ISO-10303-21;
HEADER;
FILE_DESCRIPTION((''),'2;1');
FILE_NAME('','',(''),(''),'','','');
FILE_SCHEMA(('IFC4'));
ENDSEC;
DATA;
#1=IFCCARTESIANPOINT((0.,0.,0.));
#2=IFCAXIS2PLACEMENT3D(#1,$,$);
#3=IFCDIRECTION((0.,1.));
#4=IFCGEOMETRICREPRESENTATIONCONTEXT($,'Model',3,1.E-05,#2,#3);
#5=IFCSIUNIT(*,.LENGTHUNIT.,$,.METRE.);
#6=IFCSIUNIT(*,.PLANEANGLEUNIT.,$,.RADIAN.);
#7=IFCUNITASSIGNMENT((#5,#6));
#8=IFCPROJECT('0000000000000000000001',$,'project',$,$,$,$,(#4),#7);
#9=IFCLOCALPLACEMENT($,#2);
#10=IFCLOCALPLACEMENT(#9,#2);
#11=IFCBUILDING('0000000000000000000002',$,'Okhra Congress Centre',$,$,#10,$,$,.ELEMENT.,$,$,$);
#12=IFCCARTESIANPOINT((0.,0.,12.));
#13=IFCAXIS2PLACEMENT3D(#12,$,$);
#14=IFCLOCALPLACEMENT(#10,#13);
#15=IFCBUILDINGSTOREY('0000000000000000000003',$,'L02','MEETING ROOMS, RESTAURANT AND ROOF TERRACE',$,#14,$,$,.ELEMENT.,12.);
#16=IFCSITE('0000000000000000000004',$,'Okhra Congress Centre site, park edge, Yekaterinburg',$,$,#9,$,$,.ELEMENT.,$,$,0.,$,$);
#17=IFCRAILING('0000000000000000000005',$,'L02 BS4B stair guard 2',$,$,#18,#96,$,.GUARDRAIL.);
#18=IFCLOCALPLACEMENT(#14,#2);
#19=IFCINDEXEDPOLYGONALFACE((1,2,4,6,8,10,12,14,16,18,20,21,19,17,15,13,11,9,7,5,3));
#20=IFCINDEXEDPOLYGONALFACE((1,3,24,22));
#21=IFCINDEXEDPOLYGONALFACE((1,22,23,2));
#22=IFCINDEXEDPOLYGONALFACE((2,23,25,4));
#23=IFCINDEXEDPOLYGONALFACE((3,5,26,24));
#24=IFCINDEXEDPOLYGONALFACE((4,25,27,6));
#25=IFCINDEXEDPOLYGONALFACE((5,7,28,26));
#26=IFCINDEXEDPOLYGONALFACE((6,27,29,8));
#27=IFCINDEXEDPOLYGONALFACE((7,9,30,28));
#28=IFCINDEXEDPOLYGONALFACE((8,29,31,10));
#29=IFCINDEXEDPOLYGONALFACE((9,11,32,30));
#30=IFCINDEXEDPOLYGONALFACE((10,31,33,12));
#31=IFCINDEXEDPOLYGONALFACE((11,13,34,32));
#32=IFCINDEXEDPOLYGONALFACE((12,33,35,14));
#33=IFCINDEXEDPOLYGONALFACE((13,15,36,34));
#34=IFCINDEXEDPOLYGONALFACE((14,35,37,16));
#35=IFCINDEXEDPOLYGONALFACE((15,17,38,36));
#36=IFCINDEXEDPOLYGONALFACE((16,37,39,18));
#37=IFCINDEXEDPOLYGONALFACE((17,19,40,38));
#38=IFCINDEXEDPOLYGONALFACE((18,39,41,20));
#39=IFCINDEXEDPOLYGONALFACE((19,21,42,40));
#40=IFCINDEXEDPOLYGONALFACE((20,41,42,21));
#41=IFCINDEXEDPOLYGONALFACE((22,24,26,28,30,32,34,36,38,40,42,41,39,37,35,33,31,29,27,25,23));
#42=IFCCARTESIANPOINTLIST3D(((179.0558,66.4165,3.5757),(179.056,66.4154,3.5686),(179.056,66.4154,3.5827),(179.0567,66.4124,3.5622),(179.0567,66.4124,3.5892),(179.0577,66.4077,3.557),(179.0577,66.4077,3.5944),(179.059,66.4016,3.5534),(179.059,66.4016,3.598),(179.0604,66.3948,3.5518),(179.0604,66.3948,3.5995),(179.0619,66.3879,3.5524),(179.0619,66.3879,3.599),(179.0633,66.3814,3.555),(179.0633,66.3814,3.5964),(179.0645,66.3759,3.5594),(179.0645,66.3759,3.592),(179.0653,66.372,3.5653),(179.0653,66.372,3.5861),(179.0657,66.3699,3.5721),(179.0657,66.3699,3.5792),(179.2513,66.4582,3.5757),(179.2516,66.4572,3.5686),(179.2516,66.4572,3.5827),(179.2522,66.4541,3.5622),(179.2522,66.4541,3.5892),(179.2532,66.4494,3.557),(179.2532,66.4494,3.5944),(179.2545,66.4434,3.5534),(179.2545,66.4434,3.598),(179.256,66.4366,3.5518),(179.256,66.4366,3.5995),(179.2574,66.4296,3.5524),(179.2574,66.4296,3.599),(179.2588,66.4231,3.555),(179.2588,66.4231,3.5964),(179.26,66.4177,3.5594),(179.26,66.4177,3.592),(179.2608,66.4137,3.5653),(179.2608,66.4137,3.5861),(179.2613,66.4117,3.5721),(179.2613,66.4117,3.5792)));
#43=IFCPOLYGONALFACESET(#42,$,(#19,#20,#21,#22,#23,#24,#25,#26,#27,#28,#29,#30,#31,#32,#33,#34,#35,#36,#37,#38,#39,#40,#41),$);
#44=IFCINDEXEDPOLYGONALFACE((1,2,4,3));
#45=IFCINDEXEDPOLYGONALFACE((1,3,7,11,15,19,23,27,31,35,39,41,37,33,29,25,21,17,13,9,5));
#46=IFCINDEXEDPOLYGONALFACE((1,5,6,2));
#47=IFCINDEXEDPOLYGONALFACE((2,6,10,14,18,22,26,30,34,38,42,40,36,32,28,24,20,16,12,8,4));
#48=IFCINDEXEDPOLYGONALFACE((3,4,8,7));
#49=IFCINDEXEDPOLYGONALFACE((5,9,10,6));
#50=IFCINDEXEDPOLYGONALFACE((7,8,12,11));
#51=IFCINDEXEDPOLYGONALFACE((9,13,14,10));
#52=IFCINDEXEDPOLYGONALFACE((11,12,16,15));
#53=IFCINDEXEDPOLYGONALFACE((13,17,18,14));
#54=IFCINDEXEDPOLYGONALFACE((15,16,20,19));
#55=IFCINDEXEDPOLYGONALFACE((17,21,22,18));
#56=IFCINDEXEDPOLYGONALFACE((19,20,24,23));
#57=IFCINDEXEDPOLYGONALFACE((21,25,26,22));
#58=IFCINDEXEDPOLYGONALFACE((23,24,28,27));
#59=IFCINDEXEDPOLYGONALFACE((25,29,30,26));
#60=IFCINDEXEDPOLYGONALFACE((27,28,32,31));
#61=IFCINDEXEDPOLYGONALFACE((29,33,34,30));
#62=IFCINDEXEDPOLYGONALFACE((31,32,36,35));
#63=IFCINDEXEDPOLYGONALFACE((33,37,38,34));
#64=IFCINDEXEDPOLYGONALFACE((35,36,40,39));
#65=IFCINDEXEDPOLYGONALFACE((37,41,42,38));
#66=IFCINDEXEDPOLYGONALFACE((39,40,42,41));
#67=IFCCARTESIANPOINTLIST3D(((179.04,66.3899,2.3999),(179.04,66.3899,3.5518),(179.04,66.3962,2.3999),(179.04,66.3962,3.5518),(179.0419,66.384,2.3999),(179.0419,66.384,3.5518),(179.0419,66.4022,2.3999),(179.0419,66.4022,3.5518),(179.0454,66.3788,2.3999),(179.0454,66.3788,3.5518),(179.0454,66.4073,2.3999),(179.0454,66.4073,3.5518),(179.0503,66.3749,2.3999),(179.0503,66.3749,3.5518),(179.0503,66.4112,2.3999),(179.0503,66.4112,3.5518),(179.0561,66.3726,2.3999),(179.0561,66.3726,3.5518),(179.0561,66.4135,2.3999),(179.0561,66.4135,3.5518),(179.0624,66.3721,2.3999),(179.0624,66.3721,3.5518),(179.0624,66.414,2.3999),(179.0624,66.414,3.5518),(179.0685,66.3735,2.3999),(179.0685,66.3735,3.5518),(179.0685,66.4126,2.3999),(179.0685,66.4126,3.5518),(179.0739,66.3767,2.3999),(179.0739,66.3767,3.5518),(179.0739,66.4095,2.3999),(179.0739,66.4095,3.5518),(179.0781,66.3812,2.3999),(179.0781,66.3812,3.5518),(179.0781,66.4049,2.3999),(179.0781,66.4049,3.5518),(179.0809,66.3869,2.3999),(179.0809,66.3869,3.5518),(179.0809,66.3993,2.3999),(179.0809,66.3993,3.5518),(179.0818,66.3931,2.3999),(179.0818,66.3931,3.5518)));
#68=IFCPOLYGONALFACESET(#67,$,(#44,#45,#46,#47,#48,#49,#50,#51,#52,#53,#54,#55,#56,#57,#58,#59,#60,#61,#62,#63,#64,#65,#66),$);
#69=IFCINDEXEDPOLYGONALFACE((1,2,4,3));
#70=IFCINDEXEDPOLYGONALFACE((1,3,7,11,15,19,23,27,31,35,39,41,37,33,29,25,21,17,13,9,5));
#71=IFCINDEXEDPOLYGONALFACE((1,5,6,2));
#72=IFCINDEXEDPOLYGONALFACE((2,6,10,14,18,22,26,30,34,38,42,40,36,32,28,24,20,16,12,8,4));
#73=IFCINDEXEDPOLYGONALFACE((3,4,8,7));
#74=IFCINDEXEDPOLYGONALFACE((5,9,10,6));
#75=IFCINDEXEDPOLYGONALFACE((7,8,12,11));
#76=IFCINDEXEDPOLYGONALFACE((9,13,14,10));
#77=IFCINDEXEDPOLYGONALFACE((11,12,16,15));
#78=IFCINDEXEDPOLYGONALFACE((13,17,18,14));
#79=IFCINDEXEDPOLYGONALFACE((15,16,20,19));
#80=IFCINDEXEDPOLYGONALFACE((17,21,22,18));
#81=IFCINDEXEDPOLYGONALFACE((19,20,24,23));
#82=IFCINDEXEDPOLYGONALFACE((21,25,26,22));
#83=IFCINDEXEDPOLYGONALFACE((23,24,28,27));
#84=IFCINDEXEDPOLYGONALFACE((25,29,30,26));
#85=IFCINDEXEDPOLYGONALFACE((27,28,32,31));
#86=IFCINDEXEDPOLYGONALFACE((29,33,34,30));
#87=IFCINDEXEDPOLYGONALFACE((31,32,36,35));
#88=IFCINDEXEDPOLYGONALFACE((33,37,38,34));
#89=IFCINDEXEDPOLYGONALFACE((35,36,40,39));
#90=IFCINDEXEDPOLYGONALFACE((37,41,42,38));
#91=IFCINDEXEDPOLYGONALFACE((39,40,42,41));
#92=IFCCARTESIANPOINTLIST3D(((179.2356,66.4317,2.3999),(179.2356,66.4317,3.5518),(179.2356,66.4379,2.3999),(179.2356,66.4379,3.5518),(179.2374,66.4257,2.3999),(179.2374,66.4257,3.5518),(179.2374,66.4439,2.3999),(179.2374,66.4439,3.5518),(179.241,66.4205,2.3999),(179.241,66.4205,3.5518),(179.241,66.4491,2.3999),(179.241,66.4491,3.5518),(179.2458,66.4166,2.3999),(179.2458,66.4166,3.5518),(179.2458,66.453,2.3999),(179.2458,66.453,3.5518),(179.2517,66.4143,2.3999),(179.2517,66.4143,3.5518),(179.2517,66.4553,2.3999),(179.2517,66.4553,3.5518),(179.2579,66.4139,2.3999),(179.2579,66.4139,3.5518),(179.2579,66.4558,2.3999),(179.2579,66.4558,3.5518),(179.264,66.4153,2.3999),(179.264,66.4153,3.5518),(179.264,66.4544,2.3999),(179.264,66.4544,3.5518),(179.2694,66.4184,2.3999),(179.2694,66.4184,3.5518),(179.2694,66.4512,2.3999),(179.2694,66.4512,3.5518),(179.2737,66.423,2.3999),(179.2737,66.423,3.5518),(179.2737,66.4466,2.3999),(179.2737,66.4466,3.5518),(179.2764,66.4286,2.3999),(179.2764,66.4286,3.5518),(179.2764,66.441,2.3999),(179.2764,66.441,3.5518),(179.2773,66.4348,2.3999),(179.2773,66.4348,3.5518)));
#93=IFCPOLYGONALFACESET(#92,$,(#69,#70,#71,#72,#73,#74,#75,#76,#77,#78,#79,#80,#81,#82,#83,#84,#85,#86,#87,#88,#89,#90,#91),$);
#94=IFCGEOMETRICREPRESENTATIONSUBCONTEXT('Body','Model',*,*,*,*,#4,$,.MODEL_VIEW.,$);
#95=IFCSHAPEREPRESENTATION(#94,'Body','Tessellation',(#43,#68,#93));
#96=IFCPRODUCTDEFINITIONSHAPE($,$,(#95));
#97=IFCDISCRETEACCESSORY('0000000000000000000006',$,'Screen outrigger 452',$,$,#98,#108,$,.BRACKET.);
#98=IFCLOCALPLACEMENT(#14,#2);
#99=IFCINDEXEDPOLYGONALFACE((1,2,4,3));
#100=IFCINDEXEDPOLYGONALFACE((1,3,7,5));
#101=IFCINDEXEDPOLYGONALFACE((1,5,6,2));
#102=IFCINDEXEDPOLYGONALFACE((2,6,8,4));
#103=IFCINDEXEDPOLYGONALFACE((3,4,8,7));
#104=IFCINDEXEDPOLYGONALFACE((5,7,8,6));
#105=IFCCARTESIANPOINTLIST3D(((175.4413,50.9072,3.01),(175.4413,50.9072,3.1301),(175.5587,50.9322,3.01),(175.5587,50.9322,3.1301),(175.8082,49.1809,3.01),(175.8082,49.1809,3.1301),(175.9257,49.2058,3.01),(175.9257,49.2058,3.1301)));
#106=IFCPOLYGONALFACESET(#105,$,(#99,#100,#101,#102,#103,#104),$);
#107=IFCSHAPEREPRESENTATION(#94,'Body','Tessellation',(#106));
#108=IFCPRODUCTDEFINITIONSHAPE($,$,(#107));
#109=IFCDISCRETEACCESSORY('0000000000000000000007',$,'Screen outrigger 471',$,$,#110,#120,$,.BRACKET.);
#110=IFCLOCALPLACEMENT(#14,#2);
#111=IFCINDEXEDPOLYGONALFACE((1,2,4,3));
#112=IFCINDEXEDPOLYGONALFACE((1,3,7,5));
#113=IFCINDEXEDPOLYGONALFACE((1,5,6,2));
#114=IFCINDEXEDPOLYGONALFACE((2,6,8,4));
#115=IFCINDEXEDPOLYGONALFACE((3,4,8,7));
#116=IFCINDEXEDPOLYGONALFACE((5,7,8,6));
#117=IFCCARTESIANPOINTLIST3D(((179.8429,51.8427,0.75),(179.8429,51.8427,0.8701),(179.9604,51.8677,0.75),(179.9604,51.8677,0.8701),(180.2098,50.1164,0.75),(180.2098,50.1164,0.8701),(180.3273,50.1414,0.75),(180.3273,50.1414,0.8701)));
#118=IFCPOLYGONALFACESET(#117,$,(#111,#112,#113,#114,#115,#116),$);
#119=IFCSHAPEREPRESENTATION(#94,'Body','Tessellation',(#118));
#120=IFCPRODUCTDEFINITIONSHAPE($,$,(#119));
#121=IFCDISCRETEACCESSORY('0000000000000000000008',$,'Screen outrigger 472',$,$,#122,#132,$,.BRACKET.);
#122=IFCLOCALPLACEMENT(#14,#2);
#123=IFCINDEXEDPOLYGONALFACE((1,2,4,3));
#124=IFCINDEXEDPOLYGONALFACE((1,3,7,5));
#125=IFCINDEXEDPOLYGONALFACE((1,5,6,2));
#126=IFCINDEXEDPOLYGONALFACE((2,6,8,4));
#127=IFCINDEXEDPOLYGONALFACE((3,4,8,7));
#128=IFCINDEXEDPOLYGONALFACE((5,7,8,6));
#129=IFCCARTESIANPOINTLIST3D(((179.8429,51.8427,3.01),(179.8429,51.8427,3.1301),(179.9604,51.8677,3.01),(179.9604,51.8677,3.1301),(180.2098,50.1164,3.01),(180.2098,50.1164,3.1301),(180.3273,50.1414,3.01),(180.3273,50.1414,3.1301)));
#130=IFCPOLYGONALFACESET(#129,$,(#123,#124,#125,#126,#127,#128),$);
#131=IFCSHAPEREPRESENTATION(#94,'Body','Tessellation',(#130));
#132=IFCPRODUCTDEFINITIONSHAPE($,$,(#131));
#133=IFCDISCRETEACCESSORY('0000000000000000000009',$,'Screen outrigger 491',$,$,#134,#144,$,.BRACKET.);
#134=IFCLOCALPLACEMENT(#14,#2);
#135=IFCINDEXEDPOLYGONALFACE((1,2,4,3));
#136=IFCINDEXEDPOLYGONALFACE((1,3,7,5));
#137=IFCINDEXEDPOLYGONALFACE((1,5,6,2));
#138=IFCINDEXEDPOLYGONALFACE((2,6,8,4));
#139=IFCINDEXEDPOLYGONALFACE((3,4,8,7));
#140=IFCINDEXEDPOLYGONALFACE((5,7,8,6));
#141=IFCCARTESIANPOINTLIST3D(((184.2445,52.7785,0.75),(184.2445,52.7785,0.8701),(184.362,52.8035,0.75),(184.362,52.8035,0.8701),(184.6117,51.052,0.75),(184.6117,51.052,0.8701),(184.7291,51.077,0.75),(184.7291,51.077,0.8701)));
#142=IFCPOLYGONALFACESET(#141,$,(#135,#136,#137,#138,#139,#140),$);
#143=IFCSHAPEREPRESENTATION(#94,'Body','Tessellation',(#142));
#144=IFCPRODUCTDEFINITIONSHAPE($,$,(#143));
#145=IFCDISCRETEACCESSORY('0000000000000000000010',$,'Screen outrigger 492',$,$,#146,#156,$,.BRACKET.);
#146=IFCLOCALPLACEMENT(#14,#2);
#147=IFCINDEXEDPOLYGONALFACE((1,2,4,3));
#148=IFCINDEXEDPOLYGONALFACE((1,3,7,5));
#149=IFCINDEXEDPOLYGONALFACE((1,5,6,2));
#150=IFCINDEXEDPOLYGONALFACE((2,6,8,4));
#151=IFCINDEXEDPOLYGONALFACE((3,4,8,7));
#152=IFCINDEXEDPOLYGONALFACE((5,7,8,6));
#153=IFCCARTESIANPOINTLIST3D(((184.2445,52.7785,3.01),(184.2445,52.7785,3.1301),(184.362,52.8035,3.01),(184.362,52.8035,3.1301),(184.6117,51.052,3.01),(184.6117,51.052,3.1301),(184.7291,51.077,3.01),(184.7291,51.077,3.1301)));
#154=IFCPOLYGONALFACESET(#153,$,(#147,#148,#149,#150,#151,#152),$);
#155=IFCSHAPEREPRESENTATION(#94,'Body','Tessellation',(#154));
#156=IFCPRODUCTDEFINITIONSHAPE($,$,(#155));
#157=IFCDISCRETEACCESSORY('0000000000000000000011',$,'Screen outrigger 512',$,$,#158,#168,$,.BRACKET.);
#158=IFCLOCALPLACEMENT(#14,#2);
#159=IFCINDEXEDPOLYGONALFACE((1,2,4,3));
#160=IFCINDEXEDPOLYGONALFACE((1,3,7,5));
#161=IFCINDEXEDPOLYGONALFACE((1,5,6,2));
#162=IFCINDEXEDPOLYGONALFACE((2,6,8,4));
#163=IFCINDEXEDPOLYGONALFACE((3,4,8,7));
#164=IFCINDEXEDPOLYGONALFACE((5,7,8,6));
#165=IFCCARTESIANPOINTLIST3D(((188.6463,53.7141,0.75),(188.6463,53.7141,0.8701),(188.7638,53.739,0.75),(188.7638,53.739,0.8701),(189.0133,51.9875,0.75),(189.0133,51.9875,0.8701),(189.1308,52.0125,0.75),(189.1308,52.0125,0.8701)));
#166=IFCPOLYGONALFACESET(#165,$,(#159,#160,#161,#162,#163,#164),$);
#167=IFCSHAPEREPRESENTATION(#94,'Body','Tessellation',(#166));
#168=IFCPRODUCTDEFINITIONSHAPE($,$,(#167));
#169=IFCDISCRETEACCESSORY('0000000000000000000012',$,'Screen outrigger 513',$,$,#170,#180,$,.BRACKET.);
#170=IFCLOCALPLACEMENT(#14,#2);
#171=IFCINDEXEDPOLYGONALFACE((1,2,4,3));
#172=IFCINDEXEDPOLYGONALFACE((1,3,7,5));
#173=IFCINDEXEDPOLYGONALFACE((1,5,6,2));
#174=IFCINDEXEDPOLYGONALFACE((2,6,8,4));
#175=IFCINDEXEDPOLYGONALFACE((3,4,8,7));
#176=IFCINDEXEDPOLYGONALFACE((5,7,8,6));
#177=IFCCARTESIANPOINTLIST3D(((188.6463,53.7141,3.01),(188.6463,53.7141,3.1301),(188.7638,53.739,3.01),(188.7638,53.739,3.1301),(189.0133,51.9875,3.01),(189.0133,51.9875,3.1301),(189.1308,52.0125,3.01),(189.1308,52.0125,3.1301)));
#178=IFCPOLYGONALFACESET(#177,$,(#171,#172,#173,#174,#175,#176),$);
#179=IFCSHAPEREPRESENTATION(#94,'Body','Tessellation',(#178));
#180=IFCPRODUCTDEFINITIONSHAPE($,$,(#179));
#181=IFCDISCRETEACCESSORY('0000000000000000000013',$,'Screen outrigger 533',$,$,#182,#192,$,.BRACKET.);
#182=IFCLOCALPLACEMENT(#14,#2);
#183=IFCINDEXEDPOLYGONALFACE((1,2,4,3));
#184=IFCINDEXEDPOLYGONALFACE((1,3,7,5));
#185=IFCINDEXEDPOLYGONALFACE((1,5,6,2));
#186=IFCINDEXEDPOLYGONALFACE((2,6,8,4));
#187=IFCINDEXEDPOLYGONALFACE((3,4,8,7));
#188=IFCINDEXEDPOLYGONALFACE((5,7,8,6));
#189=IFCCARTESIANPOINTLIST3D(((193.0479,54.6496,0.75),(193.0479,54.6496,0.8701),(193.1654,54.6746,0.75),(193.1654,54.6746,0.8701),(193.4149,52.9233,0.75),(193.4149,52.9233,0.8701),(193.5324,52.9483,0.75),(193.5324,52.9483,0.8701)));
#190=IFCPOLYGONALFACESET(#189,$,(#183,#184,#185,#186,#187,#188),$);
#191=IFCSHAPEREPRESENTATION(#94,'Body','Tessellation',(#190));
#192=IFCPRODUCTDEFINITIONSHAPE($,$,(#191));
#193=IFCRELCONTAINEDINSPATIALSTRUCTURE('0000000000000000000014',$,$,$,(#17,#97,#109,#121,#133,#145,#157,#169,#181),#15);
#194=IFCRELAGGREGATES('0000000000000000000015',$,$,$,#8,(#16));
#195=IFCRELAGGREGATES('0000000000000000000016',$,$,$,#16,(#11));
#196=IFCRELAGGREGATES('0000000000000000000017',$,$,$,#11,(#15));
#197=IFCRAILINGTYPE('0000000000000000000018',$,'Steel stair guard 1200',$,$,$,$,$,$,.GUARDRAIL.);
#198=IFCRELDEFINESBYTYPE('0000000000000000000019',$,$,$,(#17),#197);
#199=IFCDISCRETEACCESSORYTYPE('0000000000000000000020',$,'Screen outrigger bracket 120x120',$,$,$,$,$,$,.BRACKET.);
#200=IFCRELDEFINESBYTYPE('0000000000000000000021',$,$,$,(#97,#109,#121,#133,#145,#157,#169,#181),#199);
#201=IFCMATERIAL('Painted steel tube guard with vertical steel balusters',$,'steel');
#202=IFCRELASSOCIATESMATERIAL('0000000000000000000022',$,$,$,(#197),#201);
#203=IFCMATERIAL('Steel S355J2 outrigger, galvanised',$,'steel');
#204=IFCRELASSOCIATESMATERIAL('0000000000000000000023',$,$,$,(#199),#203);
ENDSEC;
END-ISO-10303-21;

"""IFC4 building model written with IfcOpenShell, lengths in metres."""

from ifc_helpers import new_model, si_unit, direction, frame, origin, origin_2d, place, context, subcontext, project, spatial, rectangle, circle, extrude, material, material_profile, profile_set, type_object, element, save


model = new_model("IFC4")

# Units and contexts
model_context = context("Model", 3, precision=1e-05, world=origin(), true_north=direction((0.0, 1.0)))
body_context = subcontext(model_context, "Body", "Model", "MODEL_VIEW")
ifc_project = project(units=[si_unit("LENGTHUNIT", "METRE"), si_unit("PLANEANGLEUNIT", "RADIAN")], contexts=[model_context])

# Site, building, storey
site_placement = place(None, origin())
site = spatial("IfcSite", under=ifc_project, at=site_placement, Name="Okhra Congress Centre site, park edge, Yekaterinburg", CompositionType="ELEMENT", RefElevation=0.0)
building_placement = place(site_placement, origin())
building = spatial("IfcBuilding", under=site, at=building_placement, Name="Okhra Congress Centre", CompositionType="ELEMENT")
storey_placement = place(building_placement, frame((0.0, 0.0, 12.0)))
storey = spatial("IfcBuildingStorey", under=building, at=storey_placement, Name="L02", Description="MEETING ROOMS, RESTAURANT AND ROOF TERRACE", CompositionType="ELEMENT", Elevation=12.0)

# Railing
ifc_material_1 = material(Name="Painted steel tube guard with vertical steel balusters", Category="steel")
railing_type = type_object("IfcRailingType", Name="Steel stair guard 1200", PredefinedType="GUARDRAIL", material=ifc_material_1)
railing_placement = place(storey_placement, frame((179.0608, 66.3931, 2.3999)))
element("IfcRailing", 1, at=railing_placement, inside=storey, type_object=railing_type, Name="L02 BS4B stair guard 2", PredefinedType="GUARDRAIL", context=body_context, shape_type="SweptSolid", body=[
    extrude(circle(Radius=0.0239, at=origin_2d()), frame((0.0, 0.0, 1.1758), z_axis=(0.977963, 0.208779, 0.0), x_axis=(-0.208779, 0.977963, 0.0)), (0.0, 0.0, 1.0), 0.2),
    extrude(circle(Radius=0.021, at=origin_2d()), origin(), (0.0, 0.0, 1.0), 1.1519),
    extrude(circle(Radius=0.021, at=origin_2d()), frame((0.1956, 0.0417, 0.0)), (0.0, 0.0, 1.0), 1.1519),
])

# Discrete accessories
ifc_material_2 = material(Name="Steel S355J2 outrigger, galvanised", Category="steel")
ifc_material_profile_1 = material_profile(ifc_material_2, rectangle(XDim=0.1201, YDim=0.1201, at=origin_2d()), Name="Screen outrigger bracket 120x120")
ifc_profile_set_1 = profile_set([ifc_material_profile_1], Name="Steel S355J2 outrigger, galvanised")
discrete_accessory_type = type_object("IfcDiscreteAccessoryType", Name="Screen outrigger bracket 120x120", PredefinedType="BRACKET", material=ifc_profile_set_1)
for number, where, z_axis, x_axis, name in (
    (2, (175.5, 50.9197, 3.0701), (0.207913, -0.978147, 0.0), (0.978147, 0.207913, 0.0), "Screen outrigger 452"),
    (3, (179.9016, 51.8552, 0.8101), (0.207913, -0.978147, 0.0), (0.978147, 0.207913, 0.0), "Screen outrigger 471"),
    (4, (179.9016, 51.8552, 3.0701), (0.207913, -0.978147, 0.0), (0.978147, 0.207913, 0.0), "Screen outrigger 472"),
):
    element("IfcDiscreteAccessory", number, at=place(storey_placement, frame(where, z_axis=z_axis, x_axis=x_axis)), inside=storey, type_object=discrete_accessory_type, Name=name, PredefinedType="BRACKET", context=body_context, shape_type="SweptSolid", body=[
        extrude(rectangle(XDim=0.1201, YDim=0.1201, at=origin_2d()), origin(), (0.0, 0.0, 1.0), 1.7649),
    ])
for number, where, z_axis, x_axis, name in (
    (5, (184.3032, 52.791, 0.8101), (0.208018, -0.978125, 0.0), (0.978125, 0.208018, 0.0), "Screen outrigger 491"),
    (6, (184.3032, 52.791, 3.0701), (0.208018, -0.978125, 0.0), (0.978125, 0.208018, 0.0), "Screen outrigger 492"),
    (7, (188.7051, 53.7266, 0.8101), (0.207885, -0.978153, 0.0), (0.978153, 0.207885, 0.0), "Screen outrigger 512"),
    (8, (188.7051, 53.7266, 3.0701), (0.207885, -0.978153, 0.0), (0.978153, 0.207885, 0.0), "Screen outrigger 513"),
):
    element("IfcDiscreteAccessory", number, at=place(storey_placement, frame(where, z_axis=z_axis, x_axis=x_axis)), inside=storey, type_object=discrete_accessory_type, Name=name, PredefinedType="BRACKET", context=body_context, shape_type="SweptSolid", body=[
        extrude(rectangle(XDim=0.1201, YDim=0.1201, at=origin_2d()), origin(), (0.0, 0.0, 1.0), 1.7651),
    ])
discrete_accessory_placement = place(storey_placement, frame((193.1067, 54.6621, 0.8101), z_axis=(0.207913, -0.978147, 0.0), x_axis=(0.978147, 0.207913, 0.0)))
element("IfcDiscreteAccessory", 9, at=discrete_accessory_placement, inside=storey, type_object=discrete_accessory_type, Name="Screen outrigger 533", PredefinedType="BRACKET", context=body_context, shape_type="SweptSolid", body=[
    extrude(rectangle(XDim=0.1201, YDim=0.1201, at=origin_2d()), origin(), (0.0, 0.0, 1.0), 1.7649),
])

save(model, "model.ifc")
